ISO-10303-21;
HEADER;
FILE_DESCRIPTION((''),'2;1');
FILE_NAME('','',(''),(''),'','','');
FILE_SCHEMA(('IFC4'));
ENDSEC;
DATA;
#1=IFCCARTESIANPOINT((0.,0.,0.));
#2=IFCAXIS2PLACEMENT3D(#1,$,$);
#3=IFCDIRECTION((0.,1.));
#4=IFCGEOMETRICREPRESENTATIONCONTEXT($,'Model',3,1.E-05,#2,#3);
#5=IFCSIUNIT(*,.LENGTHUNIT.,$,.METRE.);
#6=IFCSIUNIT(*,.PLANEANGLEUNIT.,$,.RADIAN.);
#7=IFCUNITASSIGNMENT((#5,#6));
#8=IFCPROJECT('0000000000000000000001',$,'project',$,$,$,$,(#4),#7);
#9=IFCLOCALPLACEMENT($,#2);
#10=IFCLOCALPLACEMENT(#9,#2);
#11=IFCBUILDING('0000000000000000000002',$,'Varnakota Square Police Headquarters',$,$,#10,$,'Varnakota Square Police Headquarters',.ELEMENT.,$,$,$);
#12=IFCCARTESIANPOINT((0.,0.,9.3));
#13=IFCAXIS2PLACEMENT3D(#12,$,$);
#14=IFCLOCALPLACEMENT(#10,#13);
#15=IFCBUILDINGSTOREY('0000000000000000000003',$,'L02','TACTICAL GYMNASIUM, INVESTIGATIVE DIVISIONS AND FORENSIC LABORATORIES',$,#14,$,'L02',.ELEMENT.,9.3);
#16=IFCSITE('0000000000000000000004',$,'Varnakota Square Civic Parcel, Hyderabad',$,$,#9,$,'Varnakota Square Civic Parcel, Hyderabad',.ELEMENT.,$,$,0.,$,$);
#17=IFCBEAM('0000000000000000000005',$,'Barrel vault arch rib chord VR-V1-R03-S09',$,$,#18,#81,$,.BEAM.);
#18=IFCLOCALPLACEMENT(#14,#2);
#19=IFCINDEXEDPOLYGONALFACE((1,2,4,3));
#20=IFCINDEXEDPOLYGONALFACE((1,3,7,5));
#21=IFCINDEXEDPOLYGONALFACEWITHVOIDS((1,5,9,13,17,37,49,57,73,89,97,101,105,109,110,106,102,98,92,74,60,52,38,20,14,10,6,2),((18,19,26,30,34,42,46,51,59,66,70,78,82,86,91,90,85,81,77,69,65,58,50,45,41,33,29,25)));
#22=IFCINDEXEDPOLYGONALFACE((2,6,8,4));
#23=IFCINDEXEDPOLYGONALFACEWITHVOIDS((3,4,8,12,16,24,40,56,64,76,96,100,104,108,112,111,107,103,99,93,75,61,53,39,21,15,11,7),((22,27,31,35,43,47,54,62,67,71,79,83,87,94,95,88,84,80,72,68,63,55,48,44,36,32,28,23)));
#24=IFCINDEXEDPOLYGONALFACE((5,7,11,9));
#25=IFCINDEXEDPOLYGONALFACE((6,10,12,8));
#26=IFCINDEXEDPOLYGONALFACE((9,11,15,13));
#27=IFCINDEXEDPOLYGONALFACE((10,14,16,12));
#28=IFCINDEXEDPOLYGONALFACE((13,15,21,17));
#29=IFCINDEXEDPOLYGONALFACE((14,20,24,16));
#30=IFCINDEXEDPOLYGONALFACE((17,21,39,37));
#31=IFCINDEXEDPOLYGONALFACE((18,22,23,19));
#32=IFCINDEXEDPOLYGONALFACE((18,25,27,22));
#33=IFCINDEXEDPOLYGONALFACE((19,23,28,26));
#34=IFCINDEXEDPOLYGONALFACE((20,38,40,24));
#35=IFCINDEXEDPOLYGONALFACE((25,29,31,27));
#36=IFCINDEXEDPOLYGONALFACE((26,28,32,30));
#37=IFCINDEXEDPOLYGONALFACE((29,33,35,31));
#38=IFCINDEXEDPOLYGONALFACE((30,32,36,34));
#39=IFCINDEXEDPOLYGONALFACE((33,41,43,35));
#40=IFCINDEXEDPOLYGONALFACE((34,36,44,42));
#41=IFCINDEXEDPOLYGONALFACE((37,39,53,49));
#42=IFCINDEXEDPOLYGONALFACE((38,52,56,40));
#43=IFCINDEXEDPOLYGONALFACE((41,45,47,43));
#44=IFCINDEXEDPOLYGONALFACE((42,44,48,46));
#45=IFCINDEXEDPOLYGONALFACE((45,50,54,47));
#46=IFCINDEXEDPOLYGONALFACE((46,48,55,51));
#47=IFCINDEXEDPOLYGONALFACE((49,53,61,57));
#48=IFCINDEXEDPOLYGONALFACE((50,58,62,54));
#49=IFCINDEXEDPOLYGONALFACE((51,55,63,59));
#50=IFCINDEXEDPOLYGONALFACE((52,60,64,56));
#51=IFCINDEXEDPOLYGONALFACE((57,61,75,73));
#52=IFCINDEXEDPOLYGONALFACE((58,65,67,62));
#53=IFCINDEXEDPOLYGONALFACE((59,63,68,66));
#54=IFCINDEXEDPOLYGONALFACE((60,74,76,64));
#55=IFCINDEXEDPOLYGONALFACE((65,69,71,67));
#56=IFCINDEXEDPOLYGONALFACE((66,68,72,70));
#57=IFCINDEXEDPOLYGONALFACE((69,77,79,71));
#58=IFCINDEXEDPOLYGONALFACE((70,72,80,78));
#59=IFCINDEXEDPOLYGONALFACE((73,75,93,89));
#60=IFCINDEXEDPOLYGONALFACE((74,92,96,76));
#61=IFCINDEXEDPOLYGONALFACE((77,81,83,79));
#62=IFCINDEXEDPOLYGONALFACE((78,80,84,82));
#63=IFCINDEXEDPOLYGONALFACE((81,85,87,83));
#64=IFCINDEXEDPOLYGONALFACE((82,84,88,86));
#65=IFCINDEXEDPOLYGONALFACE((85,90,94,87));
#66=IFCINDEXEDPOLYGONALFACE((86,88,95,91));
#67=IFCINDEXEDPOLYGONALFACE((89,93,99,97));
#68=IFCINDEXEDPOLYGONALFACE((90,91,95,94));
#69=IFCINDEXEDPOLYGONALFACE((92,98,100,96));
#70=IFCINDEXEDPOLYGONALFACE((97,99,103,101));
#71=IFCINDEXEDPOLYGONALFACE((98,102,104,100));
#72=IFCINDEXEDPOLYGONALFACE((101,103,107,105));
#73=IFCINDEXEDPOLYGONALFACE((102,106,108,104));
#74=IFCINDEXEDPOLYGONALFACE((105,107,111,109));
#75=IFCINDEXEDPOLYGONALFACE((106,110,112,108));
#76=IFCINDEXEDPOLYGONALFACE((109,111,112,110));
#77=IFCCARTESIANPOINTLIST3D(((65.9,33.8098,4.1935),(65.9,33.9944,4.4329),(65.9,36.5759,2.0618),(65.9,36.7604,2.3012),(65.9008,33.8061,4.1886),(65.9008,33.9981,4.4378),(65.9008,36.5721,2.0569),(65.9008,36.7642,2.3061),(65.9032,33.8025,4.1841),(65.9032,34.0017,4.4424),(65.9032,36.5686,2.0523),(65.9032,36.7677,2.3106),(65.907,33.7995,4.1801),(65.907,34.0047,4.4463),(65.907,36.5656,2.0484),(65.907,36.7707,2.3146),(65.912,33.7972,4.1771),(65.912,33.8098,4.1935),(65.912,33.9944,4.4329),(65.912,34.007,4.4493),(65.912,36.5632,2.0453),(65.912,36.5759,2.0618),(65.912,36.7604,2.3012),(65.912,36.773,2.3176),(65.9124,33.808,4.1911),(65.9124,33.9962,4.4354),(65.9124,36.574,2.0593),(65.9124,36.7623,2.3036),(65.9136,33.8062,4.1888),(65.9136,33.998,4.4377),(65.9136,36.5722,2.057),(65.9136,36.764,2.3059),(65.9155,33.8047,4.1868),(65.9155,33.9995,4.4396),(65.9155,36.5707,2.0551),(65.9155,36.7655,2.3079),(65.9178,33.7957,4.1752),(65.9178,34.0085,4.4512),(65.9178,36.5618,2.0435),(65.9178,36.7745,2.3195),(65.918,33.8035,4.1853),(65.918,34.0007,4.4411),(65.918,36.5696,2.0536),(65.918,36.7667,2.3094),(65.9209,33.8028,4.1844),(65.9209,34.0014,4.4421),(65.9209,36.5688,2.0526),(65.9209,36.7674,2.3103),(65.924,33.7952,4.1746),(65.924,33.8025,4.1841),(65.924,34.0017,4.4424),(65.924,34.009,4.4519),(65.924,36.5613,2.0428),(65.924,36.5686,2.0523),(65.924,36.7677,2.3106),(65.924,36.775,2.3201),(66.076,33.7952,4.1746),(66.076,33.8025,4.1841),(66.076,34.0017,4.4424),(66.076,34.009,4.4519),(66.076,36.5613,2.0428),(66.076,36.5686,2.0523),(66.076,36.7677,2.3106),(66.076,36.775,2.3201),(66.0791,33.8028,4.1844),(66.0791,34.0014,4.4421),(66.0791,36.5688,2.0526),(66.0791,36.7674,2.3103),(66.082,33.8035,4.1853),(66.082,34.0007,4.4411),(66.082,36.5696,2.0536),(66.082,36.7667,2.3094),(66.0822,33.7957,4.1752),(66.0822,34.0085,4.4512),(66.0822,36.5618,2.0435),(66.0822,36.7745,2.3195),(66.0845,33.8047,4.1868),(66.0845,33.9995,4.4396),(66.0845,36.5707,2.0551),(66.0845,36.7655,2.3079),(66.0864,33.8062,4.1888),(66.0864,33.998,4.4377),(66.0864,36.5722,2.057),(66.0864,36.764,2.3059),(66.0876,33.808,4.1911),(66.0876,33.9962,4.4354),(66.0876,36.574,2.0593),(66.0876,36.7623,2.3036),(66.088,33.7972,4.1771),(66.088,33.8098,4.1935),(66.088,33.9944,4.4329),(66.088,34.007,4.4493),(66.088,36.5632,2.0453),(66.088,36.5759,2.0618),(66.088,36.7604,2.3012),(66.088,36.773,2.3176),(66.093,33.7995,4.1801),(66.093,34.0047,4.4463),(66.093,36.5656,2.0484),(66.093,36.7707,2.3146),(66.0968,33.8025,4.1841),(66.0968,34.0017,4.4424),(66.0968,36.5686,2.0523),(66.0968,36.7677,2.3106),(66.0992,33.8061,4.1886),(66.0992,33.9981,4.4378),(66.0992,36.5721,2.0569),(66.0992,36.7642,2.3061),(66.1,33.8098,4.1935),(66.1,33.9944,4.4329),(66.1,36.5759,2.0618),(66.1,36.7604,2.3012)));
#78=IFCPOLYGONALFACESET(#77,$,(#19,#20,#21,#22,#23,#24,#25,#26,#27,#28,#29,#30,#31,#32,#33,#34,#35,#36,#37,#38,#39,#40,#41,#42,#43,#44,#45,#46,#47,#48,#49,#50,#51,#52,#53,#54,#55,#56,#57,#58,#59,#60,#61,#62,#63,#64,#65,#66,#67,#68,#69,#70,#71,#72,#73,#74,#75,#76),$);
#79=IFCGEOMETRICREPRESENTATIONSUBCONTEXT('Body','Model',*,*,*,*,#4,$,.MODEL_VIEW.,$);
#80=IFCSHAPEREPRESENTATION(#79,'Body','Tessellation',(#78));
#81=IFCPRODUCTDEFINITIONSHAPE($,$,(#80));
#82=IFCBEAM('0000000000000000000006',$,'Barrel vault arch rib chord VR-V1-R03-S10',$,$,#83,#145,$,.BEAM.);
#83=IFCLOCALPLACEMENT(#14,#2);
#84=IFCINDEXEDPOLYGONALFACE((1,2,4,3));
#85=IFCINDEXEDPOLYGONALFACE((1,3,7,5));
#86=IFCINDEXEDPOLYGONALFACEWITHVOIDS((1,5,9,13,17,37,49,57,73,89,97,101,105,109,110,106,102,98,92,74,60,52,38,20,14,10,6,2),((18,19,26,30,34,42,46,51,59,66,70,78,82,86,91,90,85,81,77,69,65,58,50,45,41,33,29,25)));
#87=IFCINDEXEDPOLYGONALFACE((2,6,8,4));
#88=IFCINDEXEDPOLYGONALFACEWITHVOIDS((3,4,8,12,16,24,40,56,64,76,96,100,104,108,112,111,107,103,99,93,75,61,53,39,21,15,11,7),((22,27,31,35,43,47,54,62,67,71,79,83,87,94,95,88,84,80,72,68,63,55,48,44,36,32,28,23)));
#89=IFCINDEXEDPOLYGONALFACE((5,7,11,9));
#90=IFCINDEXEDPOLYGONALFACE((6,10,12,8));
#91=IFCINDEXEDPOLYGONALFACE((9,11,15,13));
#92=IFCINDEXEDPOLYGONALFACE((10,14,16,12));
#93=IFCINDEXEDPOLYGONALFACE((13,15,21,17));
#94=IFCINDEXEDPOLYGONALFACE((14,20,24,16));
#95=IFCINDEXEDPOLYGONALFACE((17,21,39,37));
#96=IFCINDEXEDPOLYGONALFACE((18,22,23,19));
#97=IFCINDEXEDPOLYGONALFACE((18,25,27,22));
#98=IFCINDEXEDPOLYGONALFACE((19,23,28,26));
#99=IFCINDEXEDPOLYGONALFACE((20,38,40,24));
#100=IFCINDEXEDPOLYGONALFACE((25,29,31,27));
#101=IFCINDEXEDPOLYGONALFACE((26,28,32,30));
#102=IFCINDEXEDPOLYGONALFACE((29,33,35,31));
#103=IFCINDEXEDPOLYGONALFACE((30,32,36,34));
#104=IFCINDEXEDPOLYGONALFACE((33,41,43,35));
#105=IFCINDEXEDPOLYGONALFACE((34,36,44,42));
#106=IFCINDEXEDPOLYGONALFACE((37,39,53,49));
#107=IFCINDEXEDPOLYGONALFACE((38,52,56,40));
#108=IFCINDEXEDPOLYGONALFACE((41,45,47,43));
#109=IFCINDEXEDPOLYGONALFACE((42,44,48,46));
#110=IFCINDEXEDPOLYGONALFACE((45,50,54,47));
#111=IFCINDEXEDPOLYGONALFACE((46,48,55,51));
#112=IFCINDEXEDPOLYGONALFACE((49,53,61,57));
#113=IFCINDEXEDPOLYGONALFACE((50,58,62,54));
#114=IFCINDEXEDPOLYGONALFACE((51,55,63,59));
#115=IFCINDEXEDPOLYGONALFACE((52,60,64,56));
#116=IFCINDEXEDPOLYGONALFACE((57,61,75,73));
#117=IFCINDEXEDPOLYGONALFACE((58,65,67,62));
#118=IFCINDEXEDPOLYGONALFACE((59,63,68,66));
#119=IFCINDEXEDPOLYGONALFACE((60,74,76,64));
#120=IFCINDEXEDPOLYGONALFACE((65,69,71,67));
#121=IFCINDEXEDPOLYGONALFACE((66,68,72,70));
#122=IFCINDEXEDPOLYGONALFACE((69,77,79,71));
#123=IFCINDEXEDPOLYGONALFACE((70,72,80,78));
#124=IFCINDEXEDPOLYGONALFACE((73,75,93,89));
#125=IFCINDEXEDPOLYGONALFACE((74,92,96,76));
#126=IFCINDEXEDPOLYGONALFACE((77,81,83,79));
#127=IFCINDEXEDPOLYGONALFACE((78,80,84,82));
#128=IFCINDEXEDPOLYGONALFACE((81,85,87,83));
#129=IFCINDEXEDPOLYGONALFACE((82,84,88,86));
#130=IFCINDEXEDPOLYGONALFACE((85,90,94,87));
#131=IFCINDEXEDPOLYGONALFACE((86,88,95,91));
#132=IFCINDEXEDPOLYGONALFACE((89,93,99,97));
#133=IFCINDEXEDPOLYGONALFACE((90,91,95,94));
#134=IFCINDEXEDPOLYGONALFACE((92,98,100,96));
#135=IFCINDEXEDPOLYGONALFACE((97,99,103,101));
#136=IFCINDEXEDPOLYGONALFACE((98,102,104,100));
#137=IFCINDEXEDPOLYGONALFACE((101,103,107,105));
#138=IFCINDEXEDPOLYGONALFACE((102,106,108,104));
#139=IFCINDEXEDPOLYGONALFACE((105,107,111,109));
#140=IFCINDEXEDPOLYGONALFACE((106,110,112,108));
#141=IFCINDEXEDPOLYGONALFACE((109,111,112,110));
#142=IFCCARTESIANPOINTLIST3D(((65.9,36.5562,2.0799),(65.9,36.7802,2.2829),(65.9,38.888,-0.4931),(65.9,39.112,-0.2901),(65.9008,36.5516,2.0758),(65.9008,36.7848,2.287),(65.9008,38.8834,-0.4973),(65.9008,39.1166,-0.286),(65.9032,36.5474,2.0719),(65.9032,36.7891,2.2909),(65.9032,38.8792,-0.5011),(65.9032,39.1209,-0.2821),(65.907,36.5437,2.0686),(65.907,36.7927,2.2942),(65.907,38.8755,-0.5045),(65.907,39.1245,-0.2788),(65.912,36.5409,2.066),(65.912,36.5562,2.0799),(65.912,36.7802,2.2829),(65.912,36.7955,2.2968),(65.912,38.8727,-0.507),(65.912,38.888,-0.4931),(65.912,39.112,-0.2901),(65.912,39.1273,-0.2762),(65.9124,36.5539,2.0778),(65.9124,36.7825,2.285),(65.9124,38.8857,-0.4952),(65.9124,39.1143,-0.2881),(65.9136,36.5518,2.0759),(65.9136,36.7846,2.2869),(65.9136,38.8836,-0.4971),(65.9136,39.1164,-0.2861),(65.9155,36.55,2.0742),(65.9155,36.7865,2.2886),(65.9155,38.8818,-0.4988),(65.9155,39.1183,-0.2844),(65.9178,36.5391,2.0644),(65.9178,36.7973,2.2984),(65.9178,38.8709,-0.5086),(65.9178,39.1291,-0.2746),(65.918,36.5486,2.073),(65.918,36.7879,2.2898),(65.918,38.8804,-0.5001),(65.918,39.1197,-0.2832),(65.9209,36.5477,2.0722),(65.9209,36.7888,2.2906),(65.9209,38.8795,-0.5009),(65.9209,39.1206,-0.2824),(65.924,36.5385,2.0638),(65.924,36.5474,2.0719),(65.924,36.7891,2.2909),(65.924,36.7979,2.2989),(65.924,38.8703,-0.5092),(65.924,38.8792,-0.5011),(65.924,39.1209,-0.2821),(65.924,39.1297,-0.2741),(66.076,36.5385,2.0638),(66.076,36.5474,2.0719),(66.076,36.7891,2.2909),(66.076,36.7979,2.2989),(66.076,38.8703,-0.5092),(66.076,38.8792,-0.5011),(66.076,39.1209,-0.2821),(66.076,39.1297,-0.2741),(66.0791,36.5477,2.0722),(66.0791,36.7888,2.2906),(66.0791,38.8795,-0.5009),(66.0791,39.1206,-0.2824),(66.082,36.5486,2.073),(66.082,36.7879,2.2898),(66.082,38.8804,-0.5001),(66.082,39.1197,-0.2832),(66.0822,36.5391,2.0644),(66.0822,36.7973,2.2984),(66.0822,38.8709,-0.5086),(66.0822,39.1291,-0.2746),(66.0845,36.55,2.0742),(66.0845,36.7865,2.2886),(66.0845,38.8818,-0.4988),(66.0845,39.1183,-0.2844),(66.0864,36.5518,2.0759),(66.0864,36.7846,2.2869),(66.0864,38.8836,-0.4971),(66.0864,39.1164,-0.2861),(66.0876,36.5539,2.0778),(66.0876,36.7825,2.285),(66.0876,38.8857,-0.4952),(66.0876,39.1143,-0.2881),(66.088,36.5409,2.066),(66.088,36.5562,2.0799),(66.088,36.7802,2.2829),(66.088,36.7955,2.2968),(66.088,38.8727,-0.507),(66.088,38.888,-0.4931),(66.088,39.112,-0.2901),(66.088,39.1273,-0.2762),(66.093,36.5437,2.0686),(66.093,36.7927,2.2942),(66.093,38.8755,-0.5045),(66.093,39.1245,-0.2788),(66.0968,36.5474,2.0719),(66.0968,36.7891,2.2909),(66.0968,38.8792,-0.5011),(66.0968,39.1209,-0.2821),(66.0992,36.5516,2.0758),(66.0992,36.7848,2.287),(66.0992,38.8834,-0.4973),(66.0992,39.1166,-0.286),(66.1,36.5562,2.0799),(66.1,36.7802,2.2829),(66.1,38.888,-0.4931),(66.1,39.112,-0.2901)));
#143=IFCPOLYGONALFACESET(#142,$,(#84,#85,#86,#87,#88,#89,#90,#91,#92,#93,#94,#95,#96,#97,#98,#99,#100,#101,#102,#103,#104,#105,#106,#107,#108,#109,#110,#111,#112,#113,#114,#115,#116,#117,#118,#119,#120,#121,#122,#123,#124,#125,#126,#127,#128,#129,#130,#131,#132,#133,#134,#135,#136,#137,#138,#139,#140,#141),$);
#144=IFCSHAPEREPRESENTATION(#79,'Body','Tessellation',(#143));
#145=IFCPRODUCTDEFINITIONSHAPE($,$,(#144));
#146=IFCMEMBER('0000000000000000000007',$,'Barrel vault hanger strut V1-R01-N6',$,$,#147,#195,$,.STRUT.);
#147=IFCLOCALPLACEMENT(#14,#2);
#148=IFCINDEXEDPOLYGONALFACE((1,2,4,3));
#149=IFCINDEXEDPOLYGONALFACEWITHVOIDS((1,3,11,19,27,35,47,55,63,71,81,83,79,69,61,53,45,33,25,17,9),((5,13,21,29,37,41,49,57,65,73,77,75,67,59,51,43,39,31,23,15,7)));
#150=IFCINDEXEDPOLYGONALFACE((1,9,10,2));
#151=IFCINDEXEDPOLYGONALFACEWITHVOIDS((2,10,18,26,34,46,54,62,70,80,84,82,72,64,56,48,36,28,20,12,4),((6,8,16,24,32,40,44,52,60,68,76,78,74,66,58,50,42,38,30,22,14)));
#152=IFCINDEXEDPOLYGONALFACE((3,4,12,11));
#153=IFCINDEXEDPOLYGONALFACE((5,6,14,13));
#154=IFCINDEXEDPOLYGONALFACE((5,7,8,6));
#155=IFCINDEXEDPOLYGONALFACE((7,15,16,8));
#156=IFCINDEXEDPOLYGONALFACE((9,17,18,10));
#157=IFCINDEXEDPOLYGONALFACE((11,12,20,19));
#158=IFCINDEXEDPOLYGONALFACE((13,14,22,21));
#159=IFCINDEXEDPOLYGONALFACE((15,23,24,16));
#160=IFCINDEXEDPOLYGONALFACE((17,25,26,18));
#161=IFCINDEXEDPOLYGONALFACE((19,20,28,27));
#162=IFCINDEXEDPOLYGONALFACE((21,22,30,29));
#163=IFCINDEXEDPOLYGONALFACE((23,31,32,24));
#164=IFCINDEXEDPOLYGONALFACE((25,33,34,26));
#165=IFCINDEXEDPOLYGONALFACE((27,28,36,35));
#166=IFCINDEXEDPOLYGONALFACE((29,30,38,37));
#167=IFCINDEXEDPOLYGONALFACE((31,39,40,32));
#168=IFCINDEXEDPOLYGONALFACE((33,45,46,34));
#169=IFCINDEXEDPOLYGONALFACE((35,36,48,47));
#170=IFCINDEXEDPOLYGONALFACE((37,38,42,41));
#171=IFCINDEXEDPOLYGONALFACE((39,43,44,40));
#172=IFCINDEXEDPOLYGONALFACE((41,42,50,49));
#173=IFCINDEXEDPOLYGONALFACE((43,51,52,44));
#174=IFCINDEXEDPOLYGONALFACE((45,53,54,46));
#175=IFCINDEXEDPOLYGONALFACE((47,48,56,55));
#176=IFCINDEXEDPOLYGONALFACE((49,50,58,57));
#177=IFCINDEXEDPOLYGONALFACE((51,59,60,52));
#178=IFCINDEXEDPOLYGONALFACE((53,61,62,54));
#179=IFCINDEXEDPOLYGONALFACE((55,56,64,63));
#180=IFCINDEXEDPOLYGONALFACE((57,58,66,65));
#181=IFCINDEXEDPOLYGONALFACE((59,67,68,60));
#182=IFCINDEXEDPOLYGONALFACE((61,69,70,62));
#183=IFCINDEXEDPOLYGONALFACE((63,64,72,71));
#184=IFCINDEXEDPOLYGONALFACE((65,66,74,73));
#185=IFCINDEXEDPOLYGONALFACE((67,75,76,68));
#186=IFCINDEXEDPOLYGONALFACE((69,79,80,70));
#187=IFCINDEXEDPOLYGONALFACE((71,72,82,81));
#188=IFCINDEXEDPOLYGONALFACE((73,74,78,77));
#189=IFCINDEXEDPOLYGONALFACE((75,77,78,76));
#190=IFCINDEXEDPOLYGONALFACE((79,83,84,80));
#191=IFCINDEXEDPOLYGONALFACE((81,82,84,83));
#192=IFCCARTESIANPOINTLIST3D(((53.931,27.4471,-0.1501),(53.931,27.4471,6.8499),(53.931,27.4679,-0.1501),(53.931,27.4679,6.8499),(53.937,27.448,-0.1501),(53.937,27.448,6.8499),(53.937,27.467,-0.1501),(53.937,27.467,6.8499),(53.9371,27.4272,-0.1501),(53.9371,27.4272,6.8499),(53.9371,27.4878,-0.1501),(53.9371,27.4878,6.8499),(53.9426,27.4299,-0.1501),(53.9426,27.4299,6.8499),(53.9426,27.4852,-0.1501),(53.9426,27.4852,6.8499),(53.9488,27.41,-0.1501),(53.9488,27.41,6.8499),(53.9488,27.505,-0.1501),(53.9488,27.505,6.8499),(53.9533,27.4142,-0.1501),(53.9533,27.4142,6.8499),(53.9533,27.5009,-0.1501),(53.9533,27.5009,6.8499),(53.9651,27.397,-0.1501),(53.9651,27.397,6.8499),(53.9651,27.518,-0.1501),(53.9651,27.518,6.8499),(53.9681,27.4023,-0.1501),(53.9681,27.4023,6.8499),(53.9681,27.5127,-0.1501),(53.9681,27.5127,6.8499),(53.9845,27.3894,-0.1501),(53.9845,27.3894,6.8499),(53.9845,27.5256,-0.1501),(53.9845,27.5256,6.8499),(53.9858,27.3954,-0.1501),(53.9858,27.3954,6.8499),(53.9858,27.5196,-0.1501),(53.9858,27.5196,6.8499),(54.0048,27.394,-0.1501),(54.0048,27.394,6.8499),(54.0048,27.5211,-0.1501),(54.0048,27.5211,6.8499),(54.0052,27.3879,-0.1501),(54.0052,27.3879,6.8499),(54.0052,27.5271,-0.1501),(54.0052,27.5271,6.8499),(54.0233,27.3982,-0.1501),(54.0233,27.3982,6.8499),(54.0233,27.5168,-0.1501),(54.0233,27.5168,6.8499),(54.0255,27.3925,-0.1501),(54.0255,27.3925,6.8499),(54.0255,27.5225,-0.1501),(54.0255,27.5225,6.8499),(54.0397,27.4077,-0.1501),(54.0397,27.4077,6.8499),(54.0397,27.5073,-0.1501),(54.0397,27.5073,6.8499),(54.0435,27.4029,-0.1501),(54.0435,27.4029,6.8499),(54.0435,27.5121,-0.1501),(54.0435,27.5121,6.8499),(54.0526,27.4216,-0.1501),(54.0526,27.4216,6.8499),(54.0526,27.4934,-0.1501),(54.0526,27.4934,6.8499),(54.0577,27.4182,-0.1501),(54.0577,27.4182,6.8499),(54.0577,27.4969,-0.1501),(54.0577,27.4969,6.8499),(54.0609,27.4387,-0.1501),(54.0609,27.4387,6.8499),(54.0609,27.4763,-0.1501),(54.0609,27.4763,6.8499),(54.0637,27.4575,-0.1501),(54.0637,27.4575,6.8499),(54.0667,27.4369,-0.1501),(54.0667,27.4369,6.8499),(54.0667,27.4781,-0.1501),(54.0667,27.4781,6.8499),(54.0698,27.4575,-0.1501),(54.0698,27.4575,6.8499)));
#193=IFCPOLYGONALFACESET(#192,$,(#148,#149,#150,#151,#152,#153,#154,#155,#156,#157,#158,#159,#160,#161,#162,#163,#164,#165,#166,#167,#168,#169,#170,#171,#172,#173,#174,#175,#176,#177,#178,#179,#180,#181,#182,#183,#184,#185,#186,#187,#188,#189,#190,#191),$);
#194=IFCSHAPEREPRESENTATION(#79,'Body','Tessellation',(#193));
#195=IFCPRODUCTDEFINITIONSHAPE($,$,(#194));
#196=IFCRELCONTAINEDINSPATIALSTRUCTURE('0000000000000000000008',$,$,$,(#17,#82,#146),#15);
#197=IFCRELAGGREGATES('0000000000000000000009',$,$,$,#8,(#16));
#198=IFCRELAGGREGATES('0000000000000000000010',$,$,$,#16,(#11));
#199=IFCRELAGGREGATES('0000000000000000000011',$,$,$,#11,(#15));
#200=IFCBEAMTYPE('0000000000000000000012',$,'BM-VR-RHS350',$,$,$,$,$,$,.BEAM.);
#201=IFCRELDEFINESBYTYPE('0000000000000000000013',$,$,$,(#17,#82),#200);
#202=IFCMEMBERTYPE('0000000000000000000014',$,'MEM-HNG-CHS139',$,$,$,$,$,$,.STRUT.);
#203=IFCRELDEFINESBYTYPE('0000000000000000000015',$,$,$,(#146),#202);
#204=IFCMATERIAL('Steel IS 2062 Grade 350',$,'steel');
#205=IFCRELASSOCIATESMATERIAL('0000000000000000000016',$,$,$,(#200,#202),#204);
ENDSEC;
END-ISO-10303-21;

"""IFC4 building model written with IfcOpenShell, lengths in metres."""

from ifc_helpers import new_model, si_unit, direction, frame, origin, origin_2d, place, context, subcontext, project, spatial, hollow_rectangle, hollow_circle, extrude, material, material_profile, profile_set, type_object, element, save


model = new_model("IFC4")

# Units and contexts
model_context = context("Model", 3, precision=1e-05, world=origin(), true_north=direction((0.0, 1.0)))
body_context = subcontext(model_context, "Body", "Model", "MODEL_VIEW")
ifc_project = project(units=[si_unit("LENGTHUNIT", "METRE"), si_unit("PLANEANGLEUNIT", "RADIAN")], contexts=[model_context])

# Site, building, storey
site_placement = place(None, origin())
site = spatial("IfcSite", under=ifc_project, at=site_placement, Name="Varnakota Square Civic Parcel, Hyderabad", LongName="Varnakota Square Civic Parcel, Hyderabad", CompositionType="ELEMENT", RefElevation=0.0)
building_placement = place(site_placement, origin())
building = spatial("IfcBuilding", under=site, at=building_placement, Name="Varnakota Square Police Headquarters", LongName="Varnakota Square Police Headquarters", CompositionType="ELEMENT")
storey_placement = place(building_placement, frame((0.0, 0.0, 9.3)))
storey = spatial("IfcBuildingStorey", under=building, at=storey_placement, Name="L02", Description="TACTICAL GYMNASIUM, INVESTIGATIVE DIVISIONS AND FORENSIC LABORATORIES", LongName="L02", CompositionType="ELEMENT", Elevation=9.3)

# Beams
ifc_material_1 = material(Name="Steel IS 2062 Grade 350", Category="steel")
ifc_material_profile_1 = material_profile(ifc_material_1, hollow_rectangle(XDim=0.2, YDim=0.3501, WallThickness=0.012, InnerFilletRadius=0.012, OuterFilletRadius=0.0239, at=origin_2d()), Name="RHS 350x200x12")
ifc_profile_set_1 = profile_set([ifc_material_profile_1], Name="Steel IS 2062 Grade 350")
beam_type_1 = type_object("IfcBeamType", Name="BM-VR-RHS350", PredefinedType="BEAM", material=ifc_profile_set_1)
beam_1_placement = place(storey_placement, frame((66.0, 33.9021, 4.3132), z_axis=(0.0, 0.792062, -0.61044), x_axis=(-1.0, 0.0, 0.0)))
element("IfcBeam", 1, at=beam_1_placement, inside=storey, type_object=beam_type_1, Name="Barrel vault arch rib chord VR-V1-R03-S09", PredefinedType="BEAM", context=body_context, shape_type="SweptSolid", body=[
    extrude(hollow_rectangle(XDim=0.2, YDim=0.3501, WallThickness=0.012, InnerFilletRadius=0.012, OuterFilletRadius=0.0239, at=origin_2d()), origin(), (0.0, 0.0, 1.0), 3.4922),
])
beam_2_placement = place(storey_placement, frame((66.0, 36.6682, 2.1814), z_axis=(0.0, 0.671521, -0.740986), x_axis=(-1.0, 0.0, 0.0)))
element("IfcBeam", 2, at=beam_2_placement, inside=storey, type_object=beam_type_1, Name="Barrel vault arch rib chord VR-V1-R03-S10", PredefinedType="BEAM", context=body_context, shape_type="SweptSolid", body=[
    extrude(hollow_rectangle(XDim=0.2, YDim=0.3501, WallThickness=0.012, InnerFilletRadius=0.012, OuterFilletRadius=0.0239, at=origin_2d()), origin(), (0.0, 0.0, 1.0), 3.4724),
])

# Member
ifc_material_profile_2 = material_profile(ifc_material_1, hollow_circle(Radius=0.0698, WallThickness=0.0061, at=origin_2d()), Name="CHS 139.7x6.0")
ifc_profile_set_2 = profile_set([ifc_material_profile_2], Name="Steel IS 2062 Grade 350")
member_type_1 = type_object("IfcMemberType", Name="MEM-HNG-CHS139", PredefinedType="STRUT", material=ifc_profile_set_2)
member_1_placement = place(storey_placement, frame((54.0, 27.4575, -0.1501), z_axis=(0.0, 0.0, 1.0), x_axis=(1.0, 0.0, 0.0)))
element("IfcMember", 3, at=member_1_placement, inside=storey, type_object=member_type_1, Name="Barrel vault hanger strut V1-R01-N6", PredefinedType="STRUT", context=body_context, shape_type="SweptSolid", body=[
    extrude(hollow_circle(Radius=0.0698, WallThickness=0.0061, at=origin_2d()), origin(), (0.0, 0.0, 1.0), 7.0),
])

save(model, "model.ifc")
